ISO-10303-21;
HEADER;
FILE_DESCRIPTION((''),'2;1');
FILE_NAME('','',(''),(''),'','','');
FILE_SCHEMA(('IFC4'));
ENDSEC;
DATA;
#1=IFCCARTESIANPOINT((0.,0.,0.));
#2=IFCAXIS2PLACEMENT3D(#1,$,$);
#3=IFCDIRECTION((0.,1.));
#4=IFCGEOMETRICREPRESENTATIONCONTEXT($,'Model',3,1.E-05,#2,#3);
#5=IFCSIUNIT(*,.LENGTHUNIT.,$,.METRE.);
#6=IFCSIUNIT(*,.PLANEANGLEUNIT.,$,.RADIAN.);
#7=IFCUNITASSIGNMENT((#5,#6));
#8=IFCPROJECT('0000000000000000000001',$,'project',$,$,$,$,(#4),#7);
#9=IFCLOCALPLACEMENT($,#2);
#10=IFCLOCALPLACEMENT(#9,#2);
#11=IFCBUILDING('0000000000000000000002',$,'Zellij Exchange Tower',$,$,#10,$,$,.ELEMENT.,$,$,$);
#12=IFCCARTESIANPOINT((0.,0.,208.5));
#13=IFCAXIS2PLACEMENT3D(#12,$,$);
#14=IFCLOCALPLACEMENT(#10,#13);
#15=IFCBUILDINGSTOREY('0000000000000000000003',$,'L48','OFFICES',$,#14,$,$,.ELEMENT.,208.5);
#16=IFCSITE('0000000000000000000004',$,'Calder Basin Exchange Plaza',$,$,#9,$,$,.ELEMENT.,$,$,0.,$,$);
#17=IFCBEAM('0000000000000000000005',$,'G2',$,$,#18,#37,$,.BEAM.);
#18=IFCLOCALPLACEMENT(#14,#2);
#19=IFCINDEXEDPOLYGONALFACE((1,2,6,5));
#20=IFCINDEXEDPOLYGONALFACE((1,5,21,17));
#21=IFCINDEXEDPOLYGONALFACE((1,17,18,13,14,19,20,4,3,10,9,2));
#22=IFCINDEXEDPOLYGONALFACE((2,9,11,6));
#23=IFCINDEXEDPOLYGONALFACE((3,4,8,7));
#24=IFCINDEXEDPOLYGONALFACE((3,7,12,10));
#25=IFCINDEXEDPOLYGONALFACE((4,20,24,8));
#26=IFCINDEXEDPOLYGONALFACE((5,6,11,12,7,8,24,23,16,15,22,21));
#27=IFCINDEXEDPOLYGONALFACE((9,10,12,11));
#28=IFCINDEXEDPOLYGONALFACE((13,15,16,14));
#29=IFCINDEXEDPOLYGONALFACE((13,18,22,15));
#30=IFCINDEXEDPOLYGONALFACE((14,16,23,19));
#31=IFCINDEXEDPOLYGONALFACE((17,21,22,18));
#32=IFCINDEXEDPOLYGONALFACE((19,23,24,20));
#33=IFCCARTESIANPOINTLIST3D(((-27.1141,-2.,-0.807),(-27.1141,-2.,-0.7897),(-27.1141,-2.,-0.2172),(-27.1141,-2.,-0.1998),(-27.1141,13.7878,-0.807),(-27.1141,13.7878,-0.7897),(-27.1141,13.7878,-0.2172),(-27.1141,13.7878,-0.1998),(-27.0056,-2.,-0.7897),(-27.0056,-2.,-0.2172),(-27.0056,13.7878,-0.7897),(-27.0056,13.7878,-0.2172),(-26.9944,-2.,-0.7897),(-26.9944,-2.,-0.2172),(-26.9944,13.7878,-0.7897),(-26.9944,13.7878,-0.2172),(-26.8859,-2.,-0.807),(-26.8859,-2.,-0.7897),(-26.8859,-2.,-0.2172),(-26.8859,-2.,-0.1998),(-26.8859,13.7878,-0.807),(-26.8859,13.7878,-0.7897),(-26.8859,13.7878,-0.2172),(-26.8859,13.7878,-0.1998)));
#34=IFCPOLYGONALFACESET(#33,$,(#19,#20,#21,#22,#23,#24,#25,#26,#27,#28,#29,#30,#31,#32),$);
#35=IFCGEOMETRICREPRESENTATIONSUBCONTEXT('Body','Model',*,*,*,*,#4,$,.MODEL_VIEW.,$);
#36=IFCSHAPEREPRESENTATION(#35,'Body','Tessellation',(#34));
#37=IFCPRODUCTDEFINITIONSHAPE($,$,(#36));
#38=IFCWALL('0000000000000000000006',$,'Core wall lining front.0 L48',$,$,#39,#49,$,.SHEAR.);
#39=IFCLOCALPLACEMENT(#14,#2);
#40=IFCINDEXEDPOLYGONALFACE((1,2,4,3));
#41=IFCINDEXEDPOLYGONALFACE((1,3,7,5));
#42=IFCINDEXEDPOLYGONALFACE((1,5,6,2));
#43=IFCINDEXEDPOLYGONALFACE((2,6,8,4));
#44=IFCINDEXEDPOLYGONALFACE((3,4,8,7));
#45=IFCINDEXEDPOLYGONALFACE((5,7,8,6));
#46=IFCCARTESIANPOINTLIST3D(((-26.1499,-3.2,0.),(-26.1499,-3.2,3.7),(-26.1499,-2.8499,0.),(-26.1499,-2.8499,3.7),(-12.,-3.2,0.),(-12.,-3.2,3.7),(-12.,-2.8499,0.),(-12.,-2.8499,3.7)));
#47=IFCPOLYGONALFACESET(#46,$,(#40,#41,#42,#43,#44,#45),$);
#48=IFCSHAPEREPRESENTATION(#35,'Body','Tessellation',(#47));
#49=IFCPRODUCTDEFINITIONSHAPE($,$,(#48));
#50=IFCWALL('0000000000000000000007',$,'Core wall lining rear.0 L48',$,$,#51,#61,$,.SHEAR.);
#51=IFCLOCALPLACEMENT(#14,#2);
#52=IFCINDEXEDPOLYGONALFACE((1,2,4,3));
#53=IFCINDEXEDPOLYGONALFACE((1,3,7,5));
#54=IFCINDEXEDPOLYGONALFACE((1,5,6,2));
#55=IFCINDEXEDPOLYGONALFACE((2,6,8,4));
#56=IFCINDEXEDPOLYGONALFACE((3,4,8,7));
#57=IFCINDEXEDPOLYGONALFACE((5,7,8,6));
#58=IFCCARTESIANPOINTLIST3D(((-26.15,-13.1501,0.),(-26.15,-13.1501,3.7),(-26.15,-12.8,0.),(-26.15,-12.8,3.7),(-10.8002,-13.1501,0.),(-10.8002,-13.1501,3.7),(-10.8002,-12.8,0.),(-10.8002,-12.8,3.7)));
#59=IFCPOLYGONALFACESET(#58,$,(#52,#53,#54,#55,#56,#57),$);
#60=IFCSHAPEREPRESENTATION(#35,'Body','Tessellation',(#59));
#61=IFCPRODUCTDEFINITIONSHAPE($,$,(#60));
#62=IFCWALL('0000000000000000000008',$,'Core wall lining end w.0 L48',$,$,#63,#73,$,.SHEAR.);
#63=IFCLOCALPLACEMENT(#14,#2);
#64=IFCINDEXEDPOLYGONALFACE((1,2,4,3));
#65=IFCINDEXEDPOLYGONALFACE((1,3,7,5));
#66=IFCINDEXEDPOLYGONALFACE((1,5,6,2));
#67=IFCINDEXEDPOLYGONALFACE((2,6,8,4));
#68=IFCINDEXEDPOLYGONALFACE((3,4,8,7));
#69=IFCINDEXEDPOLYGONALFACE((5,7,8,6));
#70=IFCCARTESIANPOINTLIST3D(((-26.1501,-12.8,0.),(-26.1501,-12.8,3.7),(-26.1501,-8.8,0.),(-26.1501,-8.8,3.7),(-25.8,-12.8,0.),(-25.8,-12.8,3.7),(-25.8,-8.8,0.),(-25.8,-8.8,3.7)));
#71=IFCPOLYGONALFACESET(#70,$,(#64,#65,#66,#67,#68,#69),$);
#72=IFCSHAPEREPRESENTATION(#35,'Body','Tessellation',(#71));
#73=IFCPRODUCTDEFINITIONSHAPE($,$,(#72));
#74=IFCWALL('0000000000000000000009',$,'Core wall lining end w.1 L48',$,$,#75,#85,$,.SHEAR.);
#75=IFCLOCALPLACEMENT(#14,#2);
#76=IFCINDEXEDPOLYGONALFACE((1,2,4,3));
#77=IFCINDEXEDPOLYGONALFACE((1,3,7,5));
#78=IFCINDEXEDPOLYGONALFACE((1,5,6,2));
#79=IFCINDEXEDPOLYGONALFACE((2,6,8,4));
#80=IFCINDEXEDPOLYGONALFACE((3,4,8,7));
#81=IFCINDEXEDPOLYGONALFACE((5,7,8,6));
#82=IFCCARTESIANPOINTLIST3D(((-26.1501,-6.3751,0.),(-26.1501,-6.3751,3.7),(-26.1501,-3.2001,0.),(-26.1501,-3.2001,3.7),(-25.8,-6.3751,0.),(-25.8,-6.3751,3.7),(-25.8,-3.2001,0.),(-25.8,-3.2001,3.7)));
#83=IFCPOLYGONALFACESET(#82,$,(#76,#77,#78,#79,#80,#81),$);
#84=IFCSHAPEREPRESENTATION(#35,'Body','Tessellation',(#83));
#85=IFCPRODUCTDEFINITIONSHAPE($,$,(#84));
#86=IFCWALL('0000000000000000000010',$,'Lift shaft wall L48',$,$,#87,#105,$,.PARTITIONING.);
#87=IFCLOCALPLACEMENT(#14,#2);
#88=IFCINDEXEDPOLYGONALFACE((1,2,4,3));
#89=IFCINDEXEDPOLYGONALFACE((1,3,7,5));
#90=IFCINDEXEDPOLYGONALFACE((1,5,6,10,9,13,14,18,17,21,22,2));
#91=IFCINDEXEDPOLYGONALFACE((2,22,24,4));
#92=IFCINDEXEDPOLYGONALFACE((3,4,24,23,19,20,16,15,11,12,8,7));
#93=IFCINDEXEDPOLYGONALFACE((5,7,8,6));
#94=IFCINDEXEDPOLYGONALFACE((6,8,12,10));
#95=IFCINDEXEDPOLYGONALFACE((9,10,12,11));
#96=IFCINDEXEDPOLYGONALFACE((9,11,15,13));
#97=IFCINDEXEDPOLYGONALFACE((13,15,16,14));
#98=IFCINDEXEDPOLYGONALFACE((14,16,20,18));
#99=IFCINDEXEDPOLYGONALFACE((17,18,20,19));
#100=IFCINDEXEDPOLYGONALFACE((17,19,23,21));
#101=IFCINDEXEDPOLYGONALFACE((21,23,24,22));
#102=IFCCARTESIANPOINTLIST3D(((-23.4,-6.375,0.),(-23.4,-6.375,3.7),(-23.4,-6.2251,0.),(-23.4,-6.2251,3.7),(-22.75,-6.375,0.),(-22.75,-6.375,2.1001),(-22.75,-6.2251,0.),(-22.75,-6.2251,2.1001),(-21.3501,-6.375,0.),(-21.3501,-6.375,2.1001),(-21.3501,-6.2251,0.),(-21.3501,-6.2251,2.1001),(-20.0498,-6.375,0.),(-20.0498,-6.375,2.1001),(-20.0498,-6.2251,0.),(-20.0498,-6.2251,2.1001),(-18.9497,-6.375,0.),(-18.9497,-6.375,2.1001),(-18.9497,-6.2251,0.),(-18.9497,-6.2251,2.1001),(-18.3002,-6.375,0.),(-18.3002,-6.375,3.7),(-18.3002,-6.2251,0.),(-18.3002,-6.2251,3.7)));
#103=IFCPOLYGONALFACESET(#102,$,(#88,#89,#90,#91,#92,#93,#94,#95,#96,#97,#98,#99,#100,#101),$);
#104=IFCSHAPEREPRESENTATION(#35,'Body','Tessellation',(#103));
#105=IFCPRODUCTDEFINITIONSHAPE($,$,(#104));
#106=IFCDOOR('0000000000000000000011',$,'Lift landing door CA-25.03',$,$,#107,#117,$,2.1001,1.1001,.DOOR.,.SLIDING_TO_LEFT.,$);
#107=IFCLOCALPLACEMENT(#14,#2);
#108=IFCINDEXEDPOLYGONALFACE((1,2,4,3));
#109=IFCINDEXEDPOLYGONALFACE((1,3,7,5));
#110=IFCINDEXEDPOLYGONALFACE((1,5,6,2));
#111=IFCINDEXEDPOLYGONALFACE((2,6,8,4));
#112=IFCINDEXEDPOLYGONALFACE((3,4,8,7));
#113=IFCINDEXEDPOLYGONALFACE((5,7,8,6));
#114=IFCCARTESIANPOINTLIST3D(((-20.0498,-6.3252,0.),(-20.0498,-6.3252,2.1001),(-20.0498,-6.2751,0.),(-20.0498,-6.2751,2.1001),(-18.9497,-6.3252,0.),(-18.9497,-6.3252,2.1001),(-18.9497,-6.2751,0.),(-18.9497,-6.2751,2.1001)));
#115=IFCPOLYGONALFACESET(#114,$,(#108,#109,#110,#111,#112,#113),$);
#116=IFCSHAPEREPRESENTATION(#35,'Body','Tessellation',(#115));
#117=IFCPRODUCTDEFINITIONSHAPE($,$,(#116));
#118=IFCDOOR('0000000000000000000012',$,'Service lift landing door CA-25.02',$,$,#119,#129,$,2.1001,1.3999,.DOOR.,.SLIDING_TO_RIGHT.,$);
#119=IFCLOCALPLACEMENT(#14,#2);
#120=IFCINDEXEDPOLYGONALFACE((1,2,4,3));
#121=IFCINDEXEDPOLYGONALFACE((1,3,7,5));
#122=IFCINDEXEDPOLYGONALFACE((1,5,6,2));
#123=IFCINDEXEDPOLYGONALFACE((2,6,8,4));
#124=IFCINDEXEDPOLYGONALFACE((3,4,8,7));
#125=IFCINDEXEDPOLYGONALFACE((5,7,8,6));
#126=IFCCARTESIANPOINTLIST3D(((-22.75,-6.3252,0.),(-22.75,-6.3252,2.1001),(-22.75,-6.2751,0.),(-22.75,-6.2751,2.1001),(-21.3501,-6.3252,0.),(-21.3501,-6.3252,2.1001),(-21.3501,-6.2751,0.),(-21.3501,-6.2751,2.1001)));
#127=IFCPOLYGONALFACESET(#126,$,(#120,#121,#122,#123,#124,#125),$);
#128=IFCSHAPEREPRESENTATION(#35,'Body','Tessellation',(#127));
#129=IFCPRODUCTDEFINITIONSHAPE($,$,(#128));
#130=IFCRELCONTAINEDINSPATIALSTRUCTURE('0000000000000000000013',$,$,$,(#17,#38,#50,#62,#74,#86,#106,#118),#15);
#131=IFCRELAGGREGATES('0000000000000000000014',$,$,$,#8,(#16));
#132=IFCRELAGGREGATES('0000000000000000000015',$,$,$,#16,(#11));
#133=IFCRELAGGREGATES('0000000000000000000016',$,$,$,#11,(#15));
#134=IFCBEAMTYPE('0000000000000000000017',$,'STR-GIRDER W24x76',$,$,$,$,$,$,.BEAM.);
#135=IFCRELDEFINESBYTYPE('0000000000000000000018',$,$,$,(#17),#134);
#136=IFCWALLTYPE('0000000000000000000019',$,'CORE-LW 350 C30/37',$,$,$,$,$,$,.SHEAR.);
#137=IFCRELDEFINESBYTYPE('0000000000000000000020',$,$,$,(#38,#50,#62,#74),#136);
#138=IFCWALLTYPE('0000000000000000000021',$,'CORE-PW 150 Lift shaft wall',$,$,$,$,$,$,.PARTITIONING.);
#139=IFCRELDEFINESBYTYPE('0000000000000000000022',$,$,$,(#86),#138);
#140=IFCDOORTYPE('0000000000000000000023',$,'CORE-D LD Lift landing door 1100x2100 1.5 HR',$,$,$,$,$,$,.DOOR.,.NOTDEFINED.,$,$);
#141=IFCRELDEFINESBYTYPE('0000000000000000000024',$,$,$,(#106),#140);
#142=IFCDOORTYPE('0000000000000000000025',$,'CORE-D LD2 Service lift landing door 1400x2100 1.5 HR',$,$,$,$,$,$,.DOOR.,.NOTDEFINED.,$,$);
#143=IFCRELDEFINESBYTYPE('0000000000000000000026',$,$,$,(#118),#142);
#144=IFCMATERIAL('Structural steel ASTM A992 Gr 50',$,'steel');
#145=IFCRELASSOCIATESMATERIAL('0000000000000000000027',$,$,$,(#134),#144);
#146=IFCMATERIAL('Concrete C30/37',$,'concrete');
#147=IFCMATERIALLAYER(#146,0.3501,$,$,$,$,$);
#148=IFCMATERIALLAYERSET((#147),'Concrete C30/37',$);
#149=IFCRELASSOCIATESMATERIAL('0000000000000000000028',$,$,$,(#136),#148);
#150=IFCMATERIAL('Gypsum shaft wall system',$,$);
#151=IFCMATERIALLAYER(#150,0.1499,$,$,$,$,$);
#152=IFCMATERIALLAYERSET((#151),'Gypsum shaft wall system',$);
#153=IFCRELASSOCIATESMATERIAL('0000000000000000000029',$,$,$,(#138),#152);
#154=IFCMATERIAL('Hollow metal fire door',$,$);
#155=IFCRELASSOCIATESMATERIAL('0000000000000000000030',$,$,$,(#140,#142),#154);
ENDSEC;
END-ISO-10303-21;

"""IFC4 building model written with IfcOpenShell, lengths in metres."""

from ifc_helpers import new_model, si_unit, direction, frame, frame_2d, origin, origin_2d, place, context, subcontext, project, spatial, rectangle, i_section, extrude, material, layer, layer_set, material_profile, profile_set, type_object, element, fill, save


model = new_model("IFC4")

# Units and contexts
model_context = context("Model", 3, precision=1e-05, world=origin(), true_north=direction((0.0, 1.0)))
body_context = subcontext(model_context, "Body", "Model", "MODEL_VIEW")
ifc_project = project(units=[si_unit("LENGTHUNIT", "METRE"), si_unit("PLANEANGLEUNIT", "RADIAN")], contexts=[model_context])

# Site, building, storey
site_placement = place(None, origin())
site = spatial("IfcSite", under=ifc_project, at=site_placement, Name="Calder Basin Exchange Plaza", CompositionType="ELEMENT", RefElevation=0.0)
building_placement = place(site_placement, origin())
building = spatial("IfcBuilding", under=site, at=building_placement, Name="Zellij Exchange Tower", CompositionType="ELEMENT")
storey_placement = place(building_placement, frame((0.0, 0.0, 208.5)))
storey = spatial("IfcBuildingStorey", under=building, at=storey_placement, Name="L48", Description="OFFICES", CompositionType="ELEMENT", Elevation=208.5)

# Beam
ifc_material_1 = material(Name="Structural steel ASTM A992 Gr 50", Category="steel")
ifc_material_profile = material_profile(ifc_material_1, i_section(OverallWidth=0.2283, OverallDepth=0.6072, WebThickness=0.0112, FlangeThickness=0.0173, at=origin_2d()), Name="W24x76")
ifc_profile_set = profile_set([ifc_material_profile], Name="Structural steel ASTM A992 Gr 50")
beam_type = type_object("IfcBeamType", Name="STR-GIRDER W24x76", PredefinedType="BEAM", material=ifc_profile_set)
beam_placement = place(storey_placement, frame((-27.0, -2.0, -0.5034), z_axis=(0.0, 1.0, 0.0), x_axis=(-1.0, 0.0, 0.0)))
element("IfcBeam", 1, at=beam_placement, inside=storey, type_object=beam_type, Name="G2", PredefinedType="BEAM", context=body_context, shape_type="SweptSolid", body=[
    extrude(i_section(OverallWidth=0.2283, OverallDepth=0.6072, WebThickness=0.0112, FlangeThickness=0.0173, at=origin_2d()), origin(), (0.0, 0.0, 1.0), 15.7878),
])

# Walls
ifc_material_2 = material(Name="Concrete C30/37", Category="concrete")
ifc_layer_1 = layer(ifc_material_2, 0.3501)
ifc_layer_set_1 = layer_set([ifc_layer_1], Name="Concrete C30/37")
wall_type_1 = type_object("IfcWallType", Name="CORE-LW 350 C30/37", PredefinedType="SHEAR", material=ifc_layer_set_1)
wall_1_placement = place(storey_placement, frame((-26.1499, -3.0249, 0.0), z_axis=(0.0, 0.0, 1.0), x_axis=(1.0, 0.0, 0.0)))
element("IfcWall", 2, at=wall_1_placement, inside=storey, type_object=wall_type_1, Name="Core wall lining front.0 L48", PredefinedType="SHEAR", context=body_context, shape_type="SweptSolid", body=[
    extrude(rectangle(XDim=14.1499, YDim=0.3501, at=frame_2d((7.075, 0.0))), origin(), (0.0, 0.0, 1.0), 3.7),
])
wall_2_placement = place(storey_placement, frame((-26.1499, -12.9751, 0.0), z_axis=(0.0, 0.0, 1.0), x_axis=(1.0, 0.0, 0.0)))
element("IfcWall", 3, at=wall_2_placement, inside=storey, type_object=wall_type_1, Name="Core wall lining rear.0 L48", PredefinedType="SHEAR", context=body_context, shape_type="SweptSolid", body=[
    extrude(rectangle(XDim=15.3499, YDim=0.3501, at=frame_2d((7.6748, 0.0))), origin(), (0.0, 0.0, 1.0), 3.7),
])
wall_3_placement = place(storey_placement, frame((-25.9751, -12.8, 0.0), z_axis=(0.0, 0.0, 1.0), x_axis=(0.0, 1.0, 0.0)))
element("IfcWall", 4, at=wall_3_placement, inside=storey, type_object=wall_type_1, Name="Core wall lining end w.0 L48", PredefinedType="SHEAR", context=body_context, shape_type="SweptSolid", body=[
    extrude(rectangle(XDim=4.0, YDim=0.3501, at=frame_2d((2.0, 0.0))), origin(), (0.0, 0.0, 1.0), 3.7),
])
wall_4_placement = place(storey_placement, frame((-25.9751, -6.375, 0.0), z_axis=(0.0, 0.0, 1.0), x_axis=(0.0, 1.0, 0.0)))
element("IfcWall", 5, at=wall_4_placement, inside=storey, type_object=wall_type_1, Name="Core wall lining end w.1 L48", PredefinedType="SHEAR", context=body_context, shape_type="SweptSolid", body=[
    extrude(rectangle(XDim=3.175, YDim=0.3501, at=frame_2d((1.5874, 0.0))), origin(), (0.0, 0.0, 1.0), 3.7),
])

# Wall, openings, doors
ifc_material_3 = material(Name="Gypsum shaft wall system")
ifc_layer_2 = layer(ifc_material_3, 0.1499)
ifc_layer_set_2 = layer_set([ifc_layer_2], Name="Gypsum shaft wall system")
wall_type_2 = type_object("IfcWallType", Name="CORE-PW 150 Lift shaft wall", PredefinedType="PARTITIONING", material=ifc_layer_set_2)
wall_5_placement = place(storey_placement, frame((-23.3999, -6.3, 0.0), z_axis=(0.0, 0.0, 1.0), x_axis=(1.0, 0.0, 0.0)))
wall_5 = element("IfcWall", 6, at=wall_5_placement, inside=storey, type_object=wall_type_2, Name="Lift shaft wall L48", PredefinedType="PARTITIONING", context=body_context, shape_type="SweptSolid", body=[
    extrude(rectangle(XDim=5.0999, YDim=0.1499, at=frame_2d((2.5498, 0.0))), origin(), (0.0, 0.0, 1.0), 3.7),
])
opening_1_placement = place(wall_5_placement, frame((0.6499, 0.0, 0.0)))
opening_1 = element("IfcOpeningElement", 7, at=opening_1_placement, cuts=wall_5, PredefinedType="OPENING", context=body_context, shape_type="SweptSolid", body=[
    extrude(rectangle(XDim=1.3999, YDim=2.1001, at=frame_2d((0.7, 1.05))), frame((0.0, 0.0869, 0.0), z_axis=(0.0, -1.0, 0.0), x_axis=(1.0, 0.0, 0.0)), (0.0, 0.0, 1.0), 0.1738),
])
opening_2_placement = place(wall_5_placement, frame((3.3501, 0.0, 0.0)))
opening_2 = element("IfcOpeningElement", 8, at=opening_2_placement, cuts=wall_5, PredefinedType="OPENING", context=body_context, shape_type="SweptSolid", body=[
    extrude(rectangle(XDim=1.1001, YDim=2.1001, at=frame_2d((0.55, 1.05))), frame((0.0, 0.0869, 0.0), z_axis=(0.0, -1.0, 0.0), x_axis=(1.0, 0.0, 0.0)), (0.0, 0.0, 1.0), 0.1738),
])
ifc_material_4 = material(Name="Hollow metal fire door")
door_type_1 = type_object("IfcDoorType", Name="CORE-D LD Lift landing door 1100x2100 1.5 HR", OperationType="NOTDEFINED", PredefinedType="DOOR", material=ifc_material_4)
door_1_placement = place(opening_2_placement, origin())
door_1 = element("IfcDoor", 9, at=door_1_placement, inside=storey, type_object=door_type_1, Name="Lift landing door CA-25.03", OperationType="SLIDING_TO_LEFT", OverallHeight=2.1001, OverallWidth=1.1001, PredefinedType="DOOR", context=body_context, shape_type="SweptSolid", body=[
    extrude(rectangle(XDim=1.1001, YDim=2.1001, at=frame_2d((0.55, 1.05))), frame((0.0, 0.0249, 0.0), z_axis=(0.0, -1.0, 0.0), x_axis=(1.0, 0.0, 0.0)), (0.0, 0.0, 1.0), 0.05),
])
fill(opening_2, door_1)
door_type_2 = type_object("IfcDoorType", Name="CORE-D LD2 Service lift landing door 1400x2100 1.5 HR", OperationType="NOTDEFINED", PredefinedType="DOOR", material=ifc_material_4)
door_2_placement = place(opening_1_placement, origin())
door_2 = element("IfcDoor", 10, at=door_2_placement, inside=storey, type_object=door_type_2, Name="Service lift landing door CA-25.02", OperationType="SLIDING_TO_RIGHT", OverallHeight=2.1001, OverallWidth=1.3999, PredefinedType="DOOR", context=body_context, shape_type="SweptSolid", body=[
    extrude(rectangle(XDim=1.3999, YDim=2.1001, at=frame_2d((0.7, 1.05))), frame((0.0, 0.0249, 0.0), z_axis=(0.0, -1.0, 0.0), x_axis=(1.0, 0.0, 0.0)), (0.0, 0.0, 1.0), 0.05),
])
fill(opening_1, door_2)

save(model, "model.ifc")
